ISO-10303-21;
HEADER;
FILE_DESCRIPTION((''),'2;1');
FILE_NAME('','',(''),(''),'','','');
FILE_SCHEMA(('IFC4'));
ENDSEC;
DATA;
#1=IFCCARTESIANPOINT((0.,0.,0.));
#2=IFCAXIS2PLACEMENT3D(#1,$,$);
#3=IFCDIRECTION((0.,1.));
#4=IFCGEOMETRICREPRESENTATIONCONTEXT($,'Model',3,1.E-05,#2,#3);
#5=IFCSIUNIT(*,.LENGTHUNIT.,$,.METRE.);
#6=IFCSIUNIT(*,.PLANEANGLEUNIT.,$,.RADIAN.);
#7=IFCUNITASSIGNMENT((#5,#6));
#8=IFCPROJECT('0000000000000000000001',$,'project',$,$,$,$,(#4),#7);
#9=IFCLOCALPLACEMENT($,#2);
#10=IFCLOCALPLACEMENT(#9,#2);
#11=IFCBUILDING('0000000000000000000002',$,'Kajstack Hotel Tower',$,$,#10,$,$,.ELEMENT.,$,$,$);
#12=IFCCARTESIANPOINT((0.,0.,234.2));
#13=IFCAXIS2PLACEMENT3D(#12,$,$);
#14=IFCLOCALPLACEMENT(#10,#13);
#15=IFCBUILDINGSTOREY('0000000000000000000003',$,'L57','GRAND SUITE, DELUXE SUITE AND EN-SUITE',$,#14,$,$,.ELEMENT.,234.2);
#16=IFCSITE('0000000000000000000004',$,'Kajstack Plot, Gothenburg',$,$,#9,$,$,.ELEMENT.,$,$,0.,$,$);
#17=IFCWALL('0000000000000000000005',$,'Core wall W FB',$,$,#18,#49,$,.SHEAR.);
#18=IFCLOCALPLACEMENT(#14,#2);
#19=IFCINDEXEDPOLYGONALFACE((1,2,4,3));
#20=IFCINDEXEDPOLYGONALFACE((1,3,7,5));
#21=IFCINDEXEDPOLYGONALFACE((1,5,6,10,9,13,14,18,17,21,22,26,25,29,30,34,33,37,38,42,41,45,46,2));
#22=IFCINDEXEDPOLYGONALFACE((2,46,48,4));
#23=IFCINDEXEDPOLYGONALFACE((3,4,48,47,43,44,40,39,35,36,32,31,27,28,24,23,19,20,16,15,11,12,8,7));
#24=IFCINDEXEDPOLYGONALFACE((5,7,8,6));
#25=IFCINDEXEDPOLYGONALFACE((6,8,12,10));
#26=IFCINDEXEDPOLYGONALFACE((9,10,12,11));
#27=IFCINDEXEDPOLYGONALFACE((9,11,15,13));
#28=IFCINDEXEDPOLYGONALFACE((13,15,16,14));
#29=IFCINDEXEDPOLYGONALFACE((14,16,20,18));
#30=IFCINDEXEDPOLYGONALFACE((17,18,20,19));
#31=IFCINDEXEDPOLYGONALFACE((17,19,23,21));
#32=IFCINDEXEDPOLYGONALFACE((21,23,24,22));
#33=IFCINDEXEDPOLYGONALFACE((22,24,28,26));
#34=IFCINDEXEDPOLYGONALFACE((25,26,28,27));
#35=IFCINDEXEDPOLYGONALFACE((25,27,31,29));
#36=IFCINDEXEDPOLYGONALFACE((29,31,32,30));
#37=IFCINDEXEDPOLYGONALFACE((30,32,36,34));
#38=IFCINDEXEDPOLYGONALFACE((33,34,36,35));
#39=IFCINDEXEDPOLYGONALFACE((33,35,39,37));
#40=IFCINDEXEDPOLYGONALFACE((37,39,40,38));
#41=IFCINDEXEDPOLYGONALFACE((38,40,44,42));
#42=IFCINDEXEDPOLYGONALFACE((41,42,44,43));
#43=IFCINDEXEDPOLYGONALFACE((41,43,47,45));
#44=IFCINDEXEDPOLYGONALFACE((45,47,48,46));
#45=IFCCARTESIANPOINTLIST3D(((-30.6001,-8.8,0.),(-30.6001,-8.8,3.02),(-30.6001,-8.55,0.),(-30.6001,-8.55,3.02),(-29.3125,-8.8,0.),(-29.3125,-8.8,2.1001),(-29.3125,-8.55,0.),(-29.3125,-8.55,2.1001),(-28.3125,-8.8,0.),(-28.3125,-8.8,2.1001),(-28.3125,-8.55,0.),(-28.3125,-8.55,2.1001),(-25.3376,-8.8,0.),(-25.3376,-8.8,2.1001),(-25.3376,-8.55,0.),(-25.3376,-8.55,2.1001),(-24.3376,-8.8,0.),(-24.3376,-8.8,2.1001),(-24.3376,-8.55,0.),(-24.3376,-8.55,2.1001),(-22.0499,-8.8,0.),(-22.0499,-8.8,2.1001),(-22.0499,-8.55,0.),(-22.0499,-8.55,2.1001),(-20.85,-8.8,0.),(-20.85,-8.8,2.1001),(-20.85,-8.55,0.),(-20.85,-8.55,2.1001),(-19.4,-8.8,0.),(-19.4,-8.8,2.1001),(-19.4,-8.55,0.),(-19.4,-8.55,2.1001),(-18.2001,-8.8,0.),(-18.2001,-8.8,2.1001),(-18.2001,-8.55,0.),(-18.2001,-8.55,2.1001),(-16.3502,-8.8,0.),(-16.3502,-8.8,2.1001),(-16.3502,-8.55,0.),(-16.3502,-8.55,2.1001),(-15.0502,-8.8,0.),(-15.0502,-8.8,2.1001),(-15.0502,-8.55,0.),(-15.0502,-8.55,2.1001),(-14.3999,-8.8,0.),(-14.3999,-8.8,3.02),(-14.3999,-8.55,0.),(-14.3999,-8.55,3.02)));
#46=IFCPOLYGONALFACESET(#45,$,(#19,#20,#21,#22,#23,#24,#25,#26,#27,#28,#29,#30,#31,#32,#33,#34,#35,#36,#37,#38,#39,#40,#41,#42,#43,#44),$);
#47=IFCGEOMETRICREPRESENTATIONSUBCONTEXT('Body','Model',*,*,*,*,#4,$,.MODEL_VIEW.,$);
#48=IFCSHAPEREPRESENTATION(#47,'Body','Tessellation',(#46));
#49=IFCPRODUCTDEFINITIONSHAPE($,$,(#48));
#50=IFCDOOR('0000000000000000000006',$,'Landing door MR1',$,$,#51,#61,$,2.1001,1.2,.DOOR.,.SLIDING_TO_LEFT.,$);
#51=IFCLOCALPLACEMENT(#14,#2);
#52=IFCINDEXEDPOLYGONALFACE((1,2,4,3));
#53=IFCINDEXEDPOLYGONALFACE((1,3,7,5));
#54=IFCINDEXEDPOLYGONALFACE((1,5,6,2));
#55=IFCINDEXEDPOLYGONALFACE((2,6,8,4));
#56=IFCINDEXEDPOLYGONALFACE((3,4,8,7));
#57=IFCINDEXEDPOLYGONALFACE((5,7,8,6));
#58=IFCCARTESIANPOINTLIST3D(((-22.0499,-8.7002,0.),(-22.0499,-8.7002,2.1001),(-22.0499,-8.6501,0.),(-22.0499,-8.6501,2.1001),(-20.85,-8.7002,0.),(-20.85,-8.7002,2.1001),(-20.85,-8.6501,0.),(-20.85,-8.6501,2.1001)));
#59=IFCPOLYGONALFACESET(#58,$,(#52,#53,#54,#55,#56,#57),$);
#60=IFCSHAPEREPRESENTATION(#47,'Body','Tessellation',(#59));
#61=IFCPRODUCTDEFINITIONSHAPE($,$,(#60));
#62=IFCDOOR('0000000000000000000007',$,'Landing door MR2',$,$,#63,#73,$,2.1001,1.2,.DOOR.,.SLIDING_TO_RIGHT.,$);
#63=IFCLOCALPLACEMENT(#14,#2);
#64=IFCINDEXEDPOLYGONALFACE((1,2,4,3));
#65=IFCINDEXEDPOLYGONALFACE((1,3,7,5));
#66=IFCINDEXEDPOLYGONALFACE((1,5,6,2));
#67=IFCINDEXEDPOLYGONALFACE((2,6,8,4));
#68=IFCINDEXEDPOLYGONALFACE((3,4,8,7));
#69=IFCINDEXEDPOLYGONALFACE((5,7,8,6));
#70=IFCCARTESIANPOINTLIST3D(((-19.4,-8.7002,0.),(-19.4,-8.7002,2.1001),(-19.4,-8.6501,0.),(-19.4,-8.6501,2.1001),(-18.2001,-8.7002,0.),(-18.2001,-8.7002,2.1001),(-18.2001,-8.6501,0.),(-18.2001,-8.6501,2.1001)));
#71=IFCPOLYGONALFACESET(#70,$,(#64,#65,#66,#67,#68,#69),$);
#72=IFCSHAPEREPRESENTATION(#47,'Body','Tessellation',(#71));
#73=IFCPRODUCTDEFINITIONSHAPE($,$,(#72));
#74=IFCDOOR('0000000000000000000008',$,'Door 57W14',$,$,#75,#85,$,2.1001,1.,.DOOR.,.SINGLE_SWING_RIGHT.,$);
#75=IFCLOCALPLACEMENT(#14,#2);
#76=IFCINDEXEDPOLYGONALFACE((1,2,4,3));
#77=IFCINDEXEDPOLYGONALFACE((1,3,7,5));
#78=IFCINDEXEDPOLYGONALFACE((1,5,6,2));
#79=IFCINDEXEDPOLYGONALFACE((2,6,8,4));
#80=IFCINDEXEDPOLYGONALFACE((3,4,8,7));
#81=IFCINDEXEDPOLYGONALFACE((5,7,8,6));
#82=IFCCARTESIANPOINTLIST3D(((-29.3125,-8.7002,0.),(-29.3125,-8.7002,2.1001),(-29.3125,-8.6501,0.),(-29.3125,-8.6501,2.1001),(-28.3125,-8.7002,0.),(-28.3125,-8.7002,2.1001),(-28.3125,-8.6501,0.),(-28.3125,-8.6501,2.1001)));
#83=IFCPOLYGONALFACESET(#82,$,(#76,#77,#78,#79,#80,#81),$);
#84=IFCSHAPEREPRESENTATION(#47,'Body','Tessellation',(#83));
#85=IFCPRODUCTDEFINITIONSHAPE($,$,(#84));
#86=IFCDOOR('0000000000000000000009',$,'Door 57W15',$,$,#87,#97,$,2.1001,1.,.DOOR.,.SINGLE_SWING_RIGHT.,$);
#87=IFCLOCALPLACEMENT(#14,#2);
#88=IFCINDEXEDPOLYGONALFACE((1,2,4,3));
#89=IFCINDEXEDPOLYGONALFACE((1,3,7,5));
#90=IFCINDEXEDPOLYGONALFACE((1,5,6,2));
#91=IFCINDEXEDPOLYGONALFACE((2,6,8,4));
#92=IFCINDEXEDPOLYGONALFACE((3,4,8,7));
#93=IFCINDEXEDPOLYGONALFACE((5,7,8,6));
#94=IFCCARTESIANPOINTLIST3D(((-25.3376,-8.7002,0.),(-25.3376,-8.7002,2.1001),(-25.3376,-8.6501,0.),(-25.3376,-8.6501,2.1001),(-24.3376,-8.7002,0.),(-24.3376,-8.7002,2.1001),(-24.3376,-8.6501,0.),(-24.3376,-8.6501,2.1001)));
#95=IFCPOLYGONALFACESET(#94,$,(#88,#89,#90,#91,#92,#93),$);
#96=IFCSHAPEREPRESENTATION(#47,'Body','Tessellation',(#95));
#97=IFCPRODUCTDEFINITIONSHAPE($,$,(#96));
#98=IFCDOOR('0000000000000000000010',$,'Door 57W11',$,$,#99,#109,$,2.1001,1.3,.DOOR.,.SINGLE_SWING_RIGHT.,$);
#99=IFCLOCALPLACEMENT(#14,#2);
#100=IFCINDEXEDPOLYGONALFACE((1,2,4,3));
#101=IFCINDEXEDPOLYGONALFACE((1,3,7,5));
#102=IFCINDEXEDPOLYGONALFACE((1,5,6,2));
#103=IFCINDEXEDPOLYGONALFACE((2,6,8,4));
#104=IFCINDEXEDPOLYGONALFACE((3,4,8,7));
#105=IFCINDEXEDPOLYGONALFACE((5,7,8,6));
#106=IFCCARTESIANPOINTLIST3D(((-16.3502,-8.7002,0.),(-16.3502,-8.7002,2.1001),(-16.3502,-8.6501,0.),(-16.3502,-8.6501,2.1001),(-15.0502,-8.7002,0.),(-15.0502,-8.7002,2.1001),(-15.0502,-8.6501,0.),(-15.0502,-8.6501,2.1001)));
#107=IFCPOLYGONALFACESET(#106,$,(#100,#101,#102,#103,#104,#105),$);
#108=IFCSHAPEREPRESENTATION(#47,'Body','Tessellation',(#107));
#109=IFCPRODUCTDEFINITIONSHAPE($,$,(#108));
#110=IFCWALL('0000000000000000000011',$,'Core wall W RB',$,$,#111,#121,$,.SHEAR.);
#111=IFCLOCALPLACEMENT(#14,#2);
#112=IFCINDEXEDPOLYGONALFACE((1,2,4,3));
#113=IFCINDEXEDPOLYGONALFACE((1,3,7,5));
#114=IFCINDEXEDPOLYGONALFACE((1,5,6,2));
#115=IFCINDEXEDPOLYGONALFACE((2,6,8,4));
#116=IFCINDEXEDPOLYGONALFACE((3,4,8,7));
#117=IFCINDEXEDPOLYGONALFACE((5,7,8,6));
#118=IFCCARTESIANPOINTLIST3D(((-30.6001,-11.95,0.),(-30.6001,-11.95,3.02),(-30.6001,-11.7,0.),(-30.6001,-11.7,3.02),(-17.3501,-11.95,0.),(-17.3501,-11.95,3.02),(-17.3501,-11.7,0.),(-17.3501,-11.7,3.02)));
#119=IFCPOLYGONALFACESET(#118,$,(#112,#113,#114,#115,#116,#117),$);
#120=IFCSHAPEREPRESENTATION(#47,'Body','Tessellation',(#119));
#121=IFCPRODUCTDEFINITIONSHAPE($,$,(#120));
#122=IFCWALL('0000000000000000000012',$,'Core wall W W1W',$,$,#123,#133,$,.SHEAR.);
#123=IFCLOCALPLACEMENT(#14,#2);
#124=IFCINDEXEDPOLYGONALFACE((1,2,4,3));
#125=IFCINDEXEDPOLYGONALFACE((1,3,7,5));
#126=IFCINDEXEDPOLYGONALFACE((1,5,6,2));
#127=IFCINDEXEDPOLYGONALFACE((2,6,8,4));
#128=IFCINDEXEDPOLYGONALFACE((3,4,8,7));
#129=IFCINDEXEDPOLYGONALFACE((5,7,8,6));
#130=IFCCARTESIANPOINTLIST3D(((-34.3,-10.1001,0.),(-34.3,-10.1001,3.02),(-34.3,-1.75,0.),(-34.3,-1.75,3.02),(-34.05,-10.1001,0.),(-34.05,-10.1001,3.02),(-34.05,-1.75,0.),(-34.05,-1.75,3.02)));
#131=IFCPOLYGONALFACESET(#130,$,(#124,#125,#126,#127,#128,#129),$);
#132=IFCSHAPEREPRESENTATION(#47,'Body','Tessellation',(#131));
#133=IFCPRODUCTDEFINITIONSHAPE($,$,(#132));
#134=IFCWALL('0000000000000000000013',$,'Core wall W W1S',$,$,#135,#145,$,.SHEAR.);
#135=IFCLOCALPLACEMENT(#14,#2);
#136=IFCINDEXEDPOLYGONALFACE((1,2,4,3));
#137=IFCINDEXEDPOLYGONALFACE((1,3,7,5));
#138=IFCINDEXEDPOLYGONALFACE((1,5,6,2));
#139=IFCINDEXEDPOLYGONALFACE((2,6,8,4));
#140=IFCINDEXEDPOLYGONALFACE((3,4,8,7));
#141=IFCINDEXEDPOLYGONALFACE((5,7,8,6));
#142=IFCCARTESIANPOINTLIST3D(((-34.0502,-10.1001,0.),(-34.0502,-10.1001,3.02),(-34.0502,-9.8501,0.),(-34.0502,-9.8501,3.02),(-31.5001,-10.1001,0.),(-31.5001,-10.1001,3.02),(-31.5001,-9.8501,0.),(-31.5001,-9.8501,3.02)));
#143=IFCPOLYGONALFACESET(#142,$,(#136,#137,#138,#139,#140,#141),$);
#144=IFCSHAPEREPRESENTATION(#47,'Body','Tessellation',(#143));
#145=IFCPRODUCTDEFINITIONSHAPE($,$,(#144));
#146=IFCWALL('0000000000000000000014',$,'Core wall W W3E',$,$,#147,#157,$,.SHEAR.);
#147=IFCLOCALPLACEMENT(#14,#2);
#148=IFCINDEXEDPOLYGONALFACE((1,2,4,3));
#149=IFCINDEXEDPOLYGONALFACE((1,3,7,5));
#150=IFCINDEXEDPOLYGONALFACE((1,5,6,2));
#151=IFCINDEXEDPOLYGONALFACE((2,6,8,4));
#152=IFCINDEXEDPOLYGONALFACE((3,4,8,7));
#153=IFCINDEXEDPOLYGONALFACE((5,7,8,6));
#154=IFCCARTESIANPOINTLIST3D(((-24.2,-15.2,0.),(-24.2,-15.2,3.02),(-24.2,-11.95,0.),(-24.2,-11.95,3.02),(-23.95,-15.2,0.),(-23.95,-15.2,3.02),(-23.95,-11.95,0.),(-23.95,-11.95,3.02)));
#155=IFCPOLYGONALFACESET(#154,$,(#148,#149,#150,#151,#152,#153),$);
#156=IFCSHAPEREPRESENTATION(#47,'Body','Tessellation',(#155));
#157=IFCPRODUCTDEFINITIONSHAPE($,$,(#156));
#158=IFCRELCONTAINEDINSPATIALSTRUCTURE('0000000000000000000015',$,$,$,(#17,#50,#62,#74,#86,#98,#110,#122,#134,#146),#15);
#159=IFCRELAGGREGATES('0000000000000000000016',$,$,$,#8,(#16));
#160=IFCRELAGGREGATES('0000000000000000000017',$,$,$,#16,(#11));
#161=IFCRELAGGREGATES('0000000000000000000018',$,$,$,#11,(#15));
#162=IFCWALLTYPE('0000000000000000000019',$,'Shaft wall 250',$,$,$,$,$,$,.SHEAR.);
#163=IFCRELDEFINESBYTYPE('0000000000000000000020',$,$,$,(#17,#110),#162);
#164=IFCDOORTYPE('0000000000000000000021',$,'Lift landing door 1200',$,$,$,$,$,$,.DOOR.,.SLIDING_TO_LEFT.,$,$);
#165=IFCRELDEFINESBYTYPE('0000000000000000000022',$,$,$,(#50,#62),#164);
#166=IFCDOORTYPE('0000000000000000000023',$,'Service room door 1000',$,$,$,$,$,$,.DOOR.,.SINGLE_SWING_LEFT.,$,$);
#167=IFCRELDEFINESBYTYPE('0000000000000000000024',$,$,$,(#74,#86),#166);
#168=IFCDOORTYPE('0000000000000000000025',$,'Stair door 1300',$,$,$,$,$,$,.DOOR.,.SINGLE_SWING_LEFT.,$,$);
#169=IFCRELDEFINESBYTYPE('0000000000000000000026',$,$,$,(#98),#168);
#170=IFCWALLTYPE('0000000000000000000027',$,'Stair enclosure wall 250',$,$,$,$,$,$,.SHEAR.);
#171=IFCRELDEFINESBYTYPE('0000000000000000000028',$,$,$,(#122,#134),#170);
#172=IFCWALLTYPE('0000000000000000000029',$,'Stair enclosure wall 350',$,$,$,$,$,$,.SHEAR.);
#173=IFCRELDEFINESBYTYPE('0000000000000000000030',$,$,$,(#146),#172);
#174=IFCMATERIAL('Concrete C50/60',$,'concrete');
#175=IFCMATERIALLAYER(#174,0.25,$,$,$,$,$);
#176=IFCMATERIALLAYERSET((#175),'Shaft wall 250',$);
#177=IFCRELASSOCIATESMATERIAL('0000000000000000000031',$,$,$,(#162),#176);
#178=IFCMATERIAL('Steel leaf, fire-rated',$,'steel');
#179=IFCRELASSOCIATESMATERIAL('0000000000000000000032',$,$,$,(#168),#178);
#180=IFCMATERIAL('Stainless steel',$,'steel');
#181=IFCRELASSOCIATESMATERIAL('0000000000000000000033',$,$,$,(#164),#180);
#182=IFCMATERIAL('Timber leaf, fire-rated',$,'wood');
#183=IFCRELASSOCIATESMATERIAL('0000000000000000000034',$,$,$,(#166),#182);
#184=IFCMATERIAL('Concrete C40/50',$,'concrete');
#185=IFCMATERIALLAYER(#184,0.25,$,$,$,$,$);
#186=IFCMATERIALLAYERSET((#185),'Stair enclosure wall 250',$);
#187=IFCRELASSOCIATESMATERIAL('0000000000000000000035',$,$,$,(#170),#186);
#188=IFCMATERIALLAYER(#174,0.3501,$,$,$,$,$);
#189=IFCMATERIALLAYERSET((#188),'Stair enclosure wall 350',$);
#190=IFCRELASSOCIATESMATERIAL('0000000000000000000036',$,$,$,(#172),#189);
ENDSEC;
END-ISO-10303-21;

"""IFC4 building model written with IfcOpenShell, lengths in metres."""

from ifc_helpers import new_model, si_unit, direction, frame, frame_2d, origin, place, context, subcontext, project, spatial, rectangle, extrude, material, layer, layer_set, type_object, element, fill, save


model = new_model("IFC4")

# Units and contexts
model_context = context("Model", 3, precision=1e-05, world=origin(), true_north=direction((0.0, 1.0)))
body_context = subcontext(model_context, "Body", "Model", "MODEL_VIEW")
ifc_project = project(units=[si_unit("LENGTHUNIT", "METRE"), si_unit("PLANEANGLEUNIT", "RADIAN")], contexts=[model_context])

# Site, building, storey
site_placement = place(None, origin())
site = spatial("IfcSite", under=ifc_project, at=site_placement, Name="Kajstack Plot, Gothenburg", CompositionType="ELEMENT", RefElevation=0.0)
building_placement = place(site_placement, origin())
building = spatial("IfcBuilding", under=site, at=building_placement, Name="Kajstack Hotel Tower", CompositionType="ELEMENT")
storey_placement = place(building_placement, frame((0.0, 0.0, 234.2)))
storey = spatial("IfcBuildingStorey", under=building, at=storey_placement, Name="L57", Description="GRAND SUITE, DELUXE SUITE AND EN-SUITE", CompositionType="ELEMENT", Elevation=234.2)

# Shared definitions
ifc_material_1 = material(Name="Stainless steel", Category="steel")

# Shared definitions
ifc_material_2 = material(Name="Concrete C40/50", Category="concrete")

# Shared definitions
ifc_material_3 = material(Name="Timber leaf, fire-rated", Category="wood")

# Wall, openings, doors
ifc_material_4 = material(Name="Concrete C50/60", Category="concrete")
ifc_layer_1 = layer(ifc_material_4, 0.25)
ifc_layer_set_1 = layer_set([ifc_layer_1], Name="Shaft wall 250")
wall_type_1 = type_object("IfcWallType", Name="Shaft wall 250", PredefinedType="SHEAR", material=ifc_layer_set_1)
ifc_material_5 = material(Name="Steel leaf, fire-rated", Category="steel")
door_type_1 = type_object("IfcDoorType", Name="Stair door 1300", OperationType="SINGLE_SWING_LEFT", PredefinedType="DOOR", material=ifc_material_5)
wall_1_placement = place(storey_placement, frame((-30.6001, -8.675, 0.0), z_axis=(0.0, 0.0, 1.0), x_axis=(1.0, 0.0, 0.0)))
wall_1 = element("IfcWall", 1, at=wall_1_placement, inside=storey, type_object=wall_type_1, Name="Core wall W FB", PredefinedType="SHEAR", context=body_context, shape_type="SweptSolid", body=[
    extrude(rectangle(XDim=16.2002, YDim=0.25, at=frame_2d((8.1001, 0.0))), origin(), (0.0, 0.0, 1.0), 3.02),
])
opening_1_placement = place(wall_1_placement, frame((8.55, 0.0, 0.0)))
opening_1 = element("IfcOpeningElement", 2, at=opening_1_placement, cuts=wall_1, PredefinedType="OPENING", context=body_context, shape_type="SweptSolid", body=[
    extrude(rectangle(XDim=1.2, YDim=2.1001, at=frame_2d((0.6001, 1.05))), frame((0.0, 0.135, 0.0), z_axis=(0.0, -1.0, 0.0), x_axis=(1.0, 0.0, 0.0)), (0.0, 0.0, 1.0), 0.27),
])
opening_2_placement = place(wall_1_placement, frame((11.2, 0.0, 0.0)))
opening_2 = element("IfcOpeningElement", 3, at=opening_2_placement, cuts=wall_1, PredefinedType="OPENING", context=body_context, shape_type="SweptSolid", body=[
    extrude(rectangle(XDim=1.2, YDim=2.1001, at=frame_2d((0.6001, 1.05))), frame((0.0, 0.135, 0.0), z_axis=(0.0, -1.0, 0.0), x_axis=(1.0, 0.0, 0.0)), (0.0, 0.0, 1.0), 0.27),
])
opening_3_placement = place(wall_1_placement, frame((14.25, 0.0, 0.0)))
opening_3 = element("IfcOpeningElement", 4, at=opening_3_placement, cuts=wall_1, PredefinedType="OPENING", context=body_context, shape_type="SweptSolid", body=[
    extrude(rectangle(XDim=1.3, YDim=2.1001, at=frame_2d((0.6499, 1.05))), frame((0.0, 0.135, 0.0), z_axis=(0.0, -1.0, 0.0), x_axis=(1.0, 0.0, 0.0)), (0.0, 0.0, 1.0), 0.27),
])
opening_4_placement = place(wall_1_placement, frame((1.2876, 0.0, 0.0)))
opening_4 = element("IfcOpeningElement", 5, at=opening_4_placement, cuts=wall_1, PredefinedType="OPENING", context=body_context, shape_type="SweptSolid", body=[
    extrude(rectangle(XDim=1.0, YDim=2.1001, at=frame_2d((0.5, 1.05))), frame((0.0, 0.135, 0.0), z_axis=(0.0, -1.0, 0.0), x_axis=(1.0, 0.0, 0.0)), (0.0, 0.0, 1.0), 0.27),
])
opening_5_placement = place(wall_1_placement, frame((5.2625, 0.0, 0.0)))
opening_5 = element("IfcOpeningElement", 6, at=opening_5_placement, cuts=wall_1, PredefinedType="OPENING", context=body_context, shape_type="SweptSolid", body=[
    extrude(rectangle(XDim=1.0, YDim=2.1001, at=frame_2d((0.5, 1.05))), frame((0.0, 0.135, 0.0), z_axis=(0.0, -1.0, 0.0), x_axis=(1.0, 0.0, 0.0)), (0.0, 0.0, 1.0), 0.27),
])
door_type_2 = type_object("IfcDoorType", Name="Lift landing door 1200", OperationType="SLIDING_TO_LEFT", PredefinedType="DOOR", material=ifc_material_1)
door_1_placement = place(opening_1_placement, origin())
door_1 = element("IfcDoor", 7, at=door_1_placement, inside=storey, type_object=door_type_2, Name="Landing door MR1", OperationType="SLIDING_TO_LEFT", OverallHeight=2.1001, OverallWidth=1.2, PredefinedType="DOOR", context=body_context, shape_type="SweptSolid", body=[
    extrude(rectangle(XDim=1.2, YDim=2.1001, at=frame_2d((0.6001, 1.05))), frame((0.0, 0.0249, 0.0), z_axis=(0.0, -1.0, 0.0), x_axis=(1.0, 0.0, 0.0)), (0.0, 0.0, 1.0), 0.05),
])
fill(opening_1, door_1)
door_2_placement = place(opening_2_placement, origin())
door_2 = element("IfcDoor", 8, at=door_2_placement, inside=storey, type_object=door_type_2, Name="Landing door MR2", OperationType="SLIDING_TO_RIGHT", OverallHeight=2.1001, OverallWidth=1.2, PredefinedType="DOOR", context=body_context, shape_type="SweptSolid", body=[
    extrude(rectangle(XDim=1.2, YDim=2.1001, at=frame_2d((0.6001, 1.05))), frame((0.0, 0.0249, 0.0), z_axis=(0.0, -1.0, 0.0), x_axis=(1.0, 0.0, 0.0)), (0.0, 0.0, 1.0), 0.05),
])
fill(opening_2, door_2)
door_type_3 = type_object("IfcDoorType", Name="Service room door 1000", OperationType="SINGLE_SWING_LEFT", PredefinedType="DOOR", material=ifc_material_3)
door_3_placement = place(opening_4_placement, origin())
door_3 = element("IfcDoor", 9, at=door_3_placement, inside=storey, type_object=door_type_3, Name="Door 57W14", OperationType="SINGLE_SWING_RIGHT", OverallHeight=2.1001, OverallWidth=1.0, PredefinedType="DOOR", context=body_context, shape_type="SweptSolid", body=[
    extrude(rectangle(XDim=1.0, YDim=2.1001, at=frame_2d((0.5, 1.05))), frame((0.0, 0.0249, 0.0), z_axis=(0.0, -1.0, 0.0), x_axis=(1.0, 0.0, 0.0)), (0.0, 0.0, 1.0), 0.05),
])
fill(opening_4, door_3)
door_4_placement = place(opening_5_placement, origin())
door_4 = element("IfcDoor", 10, at=door_4_placement, inside=storey, type_object=door_type_3, Name="Door 57W15", OperationType="SINGLE_SWING_RIGHT", OverallHeight=2.1001, OverallWidth=1.0, PredefinedType="DOOR", context=body_context, shape_type="SweptSolid", body=[
    extrude(rectangle(XDim=1.0, YDim=2.1001, at=frame_2d((0.5, 1.05))), frame((0.0, 0.0249, 0.0), z_axis=(0.0, -1.0, 0.0), x_axis=(1.0, 0.0, 0.0)), (0.0, 0.0, 1.0), 0.05),
])
fill(opening_5, door_4)
door_5_placement = place(opening_3_placement, origin())
door_5 = element("IfcDoor", 11, at=door_5_placement, inside=storey, type_object=door_type_1, Name="Door 57W11", OperationType="SINGLE_SWING_RIGHT", OverallHeight=2.1001, OverallWidth=1.3, PredefinedType="DOOR", context=body_context, shape_type="SweptSolid", body=[
    extrude(rectangle(XDim=1.3, YDim=2.1001, at=frame_2d((0.6499, 1.05))), frame((0.0, 0.0249, 0.0), z_axis=(0.0, -1.0, 0.0), x_axis=(1.0, 0.0, 0.0)), (0.0, 0.0, 1.0), 0.05),
])
fill(opening_3, door_5)

# Walls
wall_2_placement = place(storey_placement, frame((-30.6001, -11.825, 0.0), z_axis=(0.0, 0.0, 1.0), x_axis=(1.0, 0.0, 0.0)))
element("IfcWall", 12, at=wall_2_placement, inside=storey, type_object=wall_type_1, Name="Core wall W RB", PredefinedType="SHEAR", context=body_context, shape_type="SweptSolid", body=[
    extrude(rectangle(XDim=13.25, YDim=0.25, at=frame_2d((6.625, 0.0))), origin(), (0.0, 0.0, 1.0), 3.02),
])
ifc_layer_2 = layer(ifc_material_2, 0.25)
ifc_layer_set_2 = layer_set([ifc_layer_2], Name="Stair enclosure wall 250")
wall_type_2 = type_object("IfcWallType", Name="Stair enclosure wall 250", PredefinedType="SHEAR", material=ifc_layer_set_2)
wall_3_placement = place(storey_placement, frame((-34.175, -10.1001, 0.0), z_axis=(0.0, 0.0, 1.0), x_axis=(0.0, 1.0, 0.0)))
element("IfcWall", 13, at=wall_3_placement, inside=storey, type_object=wall_type_2, Name="Core wall W W1W", PredefinedType="SHEAR", context=body_context, shape_type="SweptSolid", body=[
    extrude(rectangle(XDim=8.3501, YDim=0.25, at=frame_2d((4.175, 0.0))), origin(), (0.0, 0.0, 1.0), 3.02),
])
wall_4_placement = place(storey_placement, frame((-34.05, -9.9751, 0.0), z_axis=(0.0, 0.0, 1.0), x_axis=(1.0, 0.0, 0.0)))
element("IfcWall", 14, at=wall_4_placement, inside=storey, type_object=wall_type_2, Name="Core wall W W1S", PredefinedType="SHEAR", context=body_context, shape_type="SweptSolid", body=[
    extrude(rectangle(XDim=2.55, YDim=0.25, at=frame_2d((1.2749, 0.0))), origin(), (0.0, 0.0, 1.0), 3.02),
])
ifc_layer_3 = layer(ifc_material_4, 0.3501)
ifc_layer_set_3 = layer_set([ifc_layer_3], Name="Stair enclosure wall 350")
wall_type_3 = type_object("IfcWallType", Name="Stair enclosure wall 350", PredefinedType="SHEAR", material=ifc_layer_set_3)
wall_5_placement = place(storey_placement, frame((-24.075, -15.2, 0.0), z_axis=(0.0, 0.0, 1.0), x_axis=(0.0, 1.0, 0.0)))
element("IfcWall", 15, at=wall_5_placement, inside=storey, type_object=wall_type_3, Name="Core wall W W3E", PredefinedType="SHEAR", context=body_context, shape_type="SweptSolid", body=[
    extrude(rectangle(XDim=3.25, YDim=0.25, at=frame_2d((1.625, 0.0))), origin(), (0.0, 0.0, 1.0), 3.02),
])

save(model, "model.ifc")
